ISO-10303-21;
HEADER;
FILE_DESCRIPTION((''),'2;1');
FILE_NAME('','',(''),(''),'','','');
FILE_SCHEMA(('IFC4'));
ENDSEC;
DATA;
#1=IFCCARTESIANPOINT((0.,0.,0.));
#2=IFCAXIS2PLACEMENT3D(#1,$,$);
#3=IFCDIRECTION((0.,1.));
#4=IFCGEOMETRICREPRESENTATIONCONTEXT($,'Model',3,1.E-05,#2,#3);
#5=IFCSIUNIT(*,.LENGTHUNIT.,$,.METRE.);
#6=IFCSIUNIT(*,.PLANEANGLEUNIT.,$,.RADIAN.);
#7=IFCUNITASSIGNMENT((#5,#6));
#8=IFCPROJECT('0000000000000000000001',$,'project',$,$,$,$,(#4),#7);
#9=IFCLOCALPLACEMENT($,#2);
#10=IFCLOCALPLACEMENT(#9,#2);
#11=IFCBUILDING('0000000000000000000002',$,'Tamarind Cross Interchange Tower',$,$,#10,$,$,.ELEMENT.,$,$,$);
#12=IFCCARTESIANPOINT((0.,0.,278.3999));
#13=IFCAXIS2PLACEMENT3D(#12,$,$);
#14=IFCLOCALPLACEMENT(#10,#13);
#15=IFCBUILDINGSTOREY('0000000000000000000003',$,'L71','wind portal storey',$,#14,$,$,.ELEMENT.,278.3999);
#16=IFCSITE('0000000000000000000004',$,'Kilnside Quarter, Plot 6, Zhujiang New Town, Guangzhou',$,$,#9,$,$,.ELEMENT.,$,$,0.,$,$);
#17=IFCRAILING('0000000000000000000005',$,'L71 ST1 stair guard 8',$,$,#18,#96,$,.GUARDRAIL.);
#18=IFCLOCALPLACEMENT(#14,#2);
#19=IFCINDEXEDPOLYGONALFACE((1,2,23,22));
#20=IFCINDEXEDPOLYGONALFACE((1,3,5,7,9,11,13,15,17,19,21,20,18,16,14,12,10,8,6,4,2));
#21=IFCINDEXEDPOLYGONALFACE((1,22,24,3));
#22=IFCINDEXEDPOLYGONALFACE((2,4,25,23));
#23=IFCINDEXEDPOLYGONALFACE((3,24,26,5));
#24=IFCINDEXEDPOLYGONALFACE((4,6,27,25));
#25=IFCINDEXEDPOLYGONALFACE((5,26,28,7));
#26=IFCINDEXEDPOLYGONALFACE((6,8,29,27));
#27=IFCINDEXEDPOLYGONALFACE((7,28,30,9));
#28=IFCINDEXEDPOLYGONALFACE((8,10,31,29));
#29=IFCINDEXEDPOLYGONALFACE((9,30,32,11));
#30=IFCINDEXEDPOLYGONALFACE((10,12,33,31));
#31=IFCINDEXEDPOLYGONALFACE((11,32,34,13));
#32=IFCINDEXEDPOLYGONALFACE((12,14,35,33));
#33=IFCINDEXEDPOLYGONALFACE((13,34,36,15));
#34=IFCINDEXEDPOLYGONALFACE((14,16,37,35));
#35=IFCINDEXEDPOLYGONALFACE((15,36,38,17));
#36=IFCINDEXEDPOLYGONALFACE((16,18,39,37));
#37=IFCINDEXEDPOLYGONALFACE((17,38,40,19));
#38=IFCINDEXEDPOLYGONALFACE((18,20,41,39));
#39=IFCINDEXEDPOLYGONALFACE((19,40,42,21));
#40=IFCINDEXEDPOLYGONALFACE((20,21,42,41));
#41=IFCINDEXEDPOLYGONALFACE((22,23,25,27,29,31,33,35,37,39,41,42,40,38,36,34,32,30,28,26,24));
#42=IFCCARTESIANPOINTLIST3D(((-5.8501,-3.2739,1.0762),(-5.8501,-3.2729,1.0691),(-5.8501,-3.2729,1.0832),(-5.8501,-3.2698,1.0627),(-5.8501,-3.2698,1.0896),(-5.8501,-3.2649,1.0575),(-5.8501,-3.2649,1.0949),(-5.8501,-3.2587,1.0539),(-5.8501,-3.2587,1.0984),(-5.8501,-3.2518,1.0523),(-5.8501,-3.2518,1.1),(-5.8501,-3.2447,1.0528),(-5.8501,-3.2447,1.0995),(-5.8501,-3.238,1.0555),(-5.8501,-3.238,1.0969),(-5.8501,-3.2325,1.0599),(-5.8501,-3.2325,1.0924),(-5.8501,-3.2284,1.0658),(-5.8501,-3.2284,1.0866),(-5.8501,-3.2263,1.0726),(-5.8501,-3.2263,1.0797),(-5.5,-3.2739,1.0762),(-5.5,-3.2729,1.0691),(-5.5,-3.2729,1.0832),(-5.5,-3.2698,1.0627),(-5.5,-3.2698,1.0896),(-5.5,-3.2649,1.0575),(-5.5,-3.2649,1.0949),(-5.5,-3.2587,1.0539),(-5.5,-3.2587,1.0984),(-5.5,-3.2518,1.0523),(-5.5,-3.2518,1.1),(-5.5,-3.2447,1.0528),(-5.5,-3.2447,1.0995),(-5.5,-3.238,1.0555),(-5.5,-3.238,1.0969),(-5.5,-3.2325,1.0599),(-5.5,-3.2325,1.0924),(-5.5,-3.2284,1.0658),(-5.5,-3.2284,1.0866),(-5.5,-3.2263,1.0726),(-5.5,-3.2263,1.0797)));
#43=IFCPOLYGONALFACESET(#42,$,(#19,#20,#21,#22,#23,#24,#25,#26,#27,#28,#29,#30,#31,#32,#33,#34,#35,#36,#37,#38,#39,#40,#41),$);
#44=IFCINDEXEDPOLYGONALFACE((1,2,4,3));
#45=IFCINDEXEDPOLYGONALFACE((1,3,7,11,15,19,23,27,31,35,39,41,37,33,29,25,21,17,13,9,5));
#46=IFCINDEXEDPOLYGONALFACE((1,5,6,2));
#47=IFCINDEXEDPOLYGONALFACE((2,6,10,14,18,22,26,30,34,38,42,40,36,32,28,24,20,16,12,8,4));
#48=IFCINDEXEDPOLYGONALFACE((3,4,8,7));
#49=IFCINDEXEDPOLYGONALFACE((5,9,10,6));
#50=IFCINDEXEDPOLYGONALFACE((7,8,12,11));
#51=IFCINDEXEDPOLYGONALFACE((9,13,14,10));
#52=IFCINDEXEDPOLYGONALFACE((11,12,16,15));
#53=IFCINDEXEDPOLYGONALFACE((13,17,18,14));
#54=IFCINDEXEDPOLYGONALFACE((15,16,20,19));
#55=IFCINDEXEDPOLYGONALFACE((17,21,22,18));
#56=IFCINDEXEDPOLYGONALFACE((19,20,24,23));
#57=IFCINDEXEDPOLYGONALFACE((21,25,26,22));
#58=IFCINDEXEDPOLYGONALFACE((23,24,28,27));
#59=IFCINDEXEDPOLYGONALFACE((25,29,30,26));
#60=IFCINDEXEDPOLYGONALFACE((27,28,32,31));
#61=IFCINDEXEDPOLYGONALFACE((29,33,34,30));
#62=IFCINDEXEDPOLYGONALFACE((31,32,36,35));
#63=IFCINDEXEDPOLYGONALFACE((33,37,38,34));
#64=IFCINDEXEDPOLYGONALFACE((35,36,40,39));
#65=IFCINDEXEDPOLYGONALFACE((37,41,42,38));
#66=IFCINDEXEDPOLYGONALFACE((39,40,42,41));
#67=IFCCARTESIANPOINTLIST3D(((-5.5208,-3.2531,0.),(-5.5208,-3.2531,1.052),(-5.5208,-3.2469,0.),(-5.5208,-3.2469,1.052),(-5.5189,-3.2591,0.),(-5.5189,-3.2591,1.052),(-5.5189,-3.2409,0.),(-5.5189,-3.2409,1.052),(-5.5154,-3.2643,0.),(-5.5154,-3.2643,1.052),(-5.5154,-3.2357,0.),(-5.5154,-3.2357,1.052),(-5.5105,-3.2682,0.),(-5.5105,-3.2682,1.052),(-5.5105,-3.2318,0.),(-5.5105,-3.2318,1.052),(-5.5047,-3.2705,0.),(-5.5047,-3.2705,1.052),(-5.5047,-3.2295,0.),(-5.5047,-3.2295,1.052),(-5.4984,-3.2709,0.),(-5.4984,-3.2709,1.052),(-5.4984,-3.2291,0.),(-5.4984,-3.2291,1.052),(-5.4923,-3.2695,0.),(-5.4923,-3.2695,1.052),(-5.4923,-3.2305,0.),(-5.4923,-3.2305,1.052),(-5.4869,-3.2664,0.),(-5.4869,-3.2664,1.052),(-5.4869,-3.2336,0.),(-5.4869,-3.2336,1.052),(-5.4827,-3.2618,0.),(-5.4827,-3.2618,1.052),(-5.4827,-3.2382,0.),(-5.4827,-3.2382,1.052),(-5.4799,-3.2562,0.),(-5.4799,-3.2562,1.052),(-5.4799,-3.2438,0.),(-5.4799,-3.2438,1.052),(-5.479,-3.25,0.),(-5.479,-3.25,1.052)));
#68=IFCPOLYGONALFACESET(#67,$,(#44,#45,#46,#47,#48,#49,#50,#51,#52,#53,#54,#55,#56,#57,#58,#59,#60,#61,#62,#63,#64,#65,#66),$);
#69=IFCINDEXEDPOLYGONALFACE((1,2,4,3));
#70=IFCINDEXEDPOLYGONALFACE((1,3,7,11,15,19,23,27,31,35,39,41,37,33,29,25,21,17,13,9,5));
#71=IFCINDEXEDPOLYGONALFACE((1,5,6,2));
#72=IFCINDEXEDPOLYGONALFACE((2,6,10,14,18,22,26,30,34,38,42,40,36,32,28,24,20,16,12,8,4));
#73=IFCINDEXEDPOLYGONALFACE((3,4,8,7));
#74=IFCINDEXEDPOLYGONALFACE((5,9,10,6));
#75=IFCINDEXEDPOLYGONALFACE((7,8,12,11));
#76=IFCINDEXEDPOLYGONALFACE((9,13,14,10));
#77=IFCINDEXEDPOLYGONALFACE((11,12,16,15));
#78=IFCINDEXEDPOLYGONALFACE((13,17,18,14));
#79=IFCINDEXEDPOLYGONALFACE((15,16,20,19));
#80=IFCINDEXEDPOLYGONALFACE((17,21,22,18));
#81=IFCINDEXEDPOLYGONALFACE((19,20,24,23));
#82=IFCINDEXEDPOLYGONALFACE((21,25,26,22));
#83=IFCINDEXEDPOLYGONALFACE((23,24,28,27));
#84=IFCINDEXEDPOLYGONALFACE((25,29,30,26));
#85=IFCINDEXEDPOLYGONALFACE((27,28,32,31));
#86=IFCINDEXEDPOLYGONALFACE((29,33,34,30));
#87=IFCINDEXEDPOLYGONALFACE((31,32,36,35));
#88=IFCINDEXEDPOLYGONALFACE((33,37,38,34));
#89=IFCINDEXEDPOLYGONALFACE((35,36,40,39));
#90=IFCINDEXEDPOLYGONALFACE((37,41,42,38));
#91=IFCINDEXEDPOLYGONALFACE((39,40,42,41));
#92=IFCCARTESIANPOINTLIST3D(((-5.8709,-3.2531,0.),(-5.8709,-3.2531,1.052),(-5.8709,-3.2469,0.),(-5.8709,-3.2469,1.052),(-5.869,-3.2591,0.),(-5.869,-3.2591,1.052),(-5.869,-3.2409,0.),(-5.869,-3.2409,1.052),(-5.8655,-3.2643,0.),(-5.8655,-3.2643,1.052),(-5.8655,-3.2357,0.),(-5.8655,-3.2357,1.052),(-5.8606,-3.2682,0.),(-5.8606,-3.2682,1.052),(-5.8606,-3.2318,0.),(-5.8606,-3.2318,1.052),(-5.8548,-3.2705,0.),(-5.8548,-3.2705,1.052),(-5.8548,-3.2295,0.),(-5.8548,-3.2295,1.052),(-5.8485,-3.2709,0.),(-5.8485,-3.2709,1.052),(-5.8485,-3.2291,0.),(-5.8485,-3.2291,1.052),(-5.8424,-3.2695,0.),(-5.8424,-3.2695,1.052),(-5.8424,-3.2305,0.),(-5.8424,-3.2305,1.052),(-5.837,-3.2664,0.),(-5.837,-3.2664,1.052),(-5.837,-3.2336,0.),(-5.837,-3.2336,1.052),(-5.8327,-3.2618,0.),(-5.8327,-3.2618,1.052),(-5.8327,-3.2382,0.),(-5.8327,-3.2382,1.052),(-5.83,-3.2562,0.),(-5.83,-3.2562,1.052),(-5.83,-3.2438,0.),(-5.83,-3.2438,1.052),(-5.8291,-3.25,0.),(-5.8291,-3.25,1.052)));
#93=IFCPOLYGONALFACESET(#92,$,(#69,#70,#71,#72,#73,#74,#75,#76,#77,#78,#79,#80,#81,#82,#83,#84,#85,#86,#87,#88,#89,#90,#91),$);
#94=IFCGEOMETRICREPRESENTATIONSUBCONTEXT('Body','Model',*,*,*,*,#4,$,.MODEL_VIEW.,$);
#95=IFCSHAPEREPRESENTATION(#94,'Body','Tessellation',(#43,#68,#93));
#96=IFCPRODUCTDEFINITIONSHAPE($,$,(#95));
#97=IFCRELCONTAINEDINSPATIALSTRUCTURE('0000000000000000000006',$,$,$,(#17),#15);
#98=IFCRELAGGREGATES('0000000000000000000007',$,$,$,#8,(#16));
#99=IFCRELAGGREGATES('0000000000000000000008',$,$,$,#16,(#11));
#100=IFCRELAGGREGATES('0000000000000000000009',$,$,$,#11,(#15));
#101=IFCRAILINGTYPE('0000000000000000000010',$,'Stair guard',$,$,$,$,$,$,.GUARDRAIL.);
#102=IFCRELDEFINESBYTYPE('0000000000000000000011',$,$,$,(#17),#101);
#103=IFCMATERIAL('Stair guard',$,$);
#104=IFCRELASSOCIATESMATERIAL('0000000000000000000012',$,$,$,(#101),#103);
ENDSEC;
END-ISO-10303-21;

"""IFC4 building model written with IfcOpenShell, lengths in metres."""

from ifc_helpers import new_model, si_unit, direction, frame, origin, origin_2d, place, context, subcontext, project, spatial, circle, extrude, material, type_object, element, save


model = new_model("IFC4")

# Units and contexts
model_context = context("Model", 3, precision=1e-05, world=origin(), true_north=direction((0.0, 1.0)))
body_context = subcontext(model_context, "Body", "Model", "MODEL_VIEW")
ifc_project = project(units=[si_unit("LENGTHUNIT", "METRE"), si_unit("PLANEANGLEUNIT", "RADIAN")], contexts=[model_context])

# Site, building, storey
site_placement = place(None, origin())
site = spatial("IfcSite", under=ifc_project, at=site_placement, Name="Kilnside Quarter, Plot 6, Zhujiang New Town, Guangzhou", CompositionType="ELEMENT", RefElevation=0.0)
building_placement = place(site_placement, origin())
building = spatial("IfcBuilding", under=site, at=building_placement, Name="Tamarind Cross Interchange Tower", CompositionType="ELEMENT")
storey_placement = place(building_placement, frame((0.0, 0.0, 278.3999)))
storey = spatial("IfcBuildingStorey", under=building, at=storey_placement, Name="L71", Description="wind portal storey", CompositionType="ELEMENT", Elevation=278.3999)

# Railing
ifc_material_1 = material(Name="Stair guard")
railing_type_1 = type_object("IfcRailingType", Name="Stair guard", PredefinedType="GUARDRAIL", material=ifc_material_1)
railing_1_placement = place(storey_placement, frame((-5.5, -3.25, 0.0)))
element("IfcRailing", 1, at=railing_1_placement, inside=storey, type_object=railing_type_1, Name="L71 ST1 stair guard 8", PredefinedType="GUARDRAIL", context=body_context, shape_type="SweptSolid", body=[
    extrude(circle(Radius=0.0239, at=origin_2d()), frame((0.0, 0.0, 1.0762), z_axis=(-1.0, 0.0, 0.0), x_axis=(0.0, -1.0, 0.0)), (0.0, 0.0, 1.0), 0.3501),
    extrude(circle(Radius=0.021, at=origin_2d()), origin(), (0.0, 0.0, 1.0), 1.052),
    extrude(circle(Radius=0.021, at=origin_2d()), frame((-0.3501, 0.0, 0.0)), (0.0, 0.0, 1.0), 1.052),
])

save(model, "model.ifc")
